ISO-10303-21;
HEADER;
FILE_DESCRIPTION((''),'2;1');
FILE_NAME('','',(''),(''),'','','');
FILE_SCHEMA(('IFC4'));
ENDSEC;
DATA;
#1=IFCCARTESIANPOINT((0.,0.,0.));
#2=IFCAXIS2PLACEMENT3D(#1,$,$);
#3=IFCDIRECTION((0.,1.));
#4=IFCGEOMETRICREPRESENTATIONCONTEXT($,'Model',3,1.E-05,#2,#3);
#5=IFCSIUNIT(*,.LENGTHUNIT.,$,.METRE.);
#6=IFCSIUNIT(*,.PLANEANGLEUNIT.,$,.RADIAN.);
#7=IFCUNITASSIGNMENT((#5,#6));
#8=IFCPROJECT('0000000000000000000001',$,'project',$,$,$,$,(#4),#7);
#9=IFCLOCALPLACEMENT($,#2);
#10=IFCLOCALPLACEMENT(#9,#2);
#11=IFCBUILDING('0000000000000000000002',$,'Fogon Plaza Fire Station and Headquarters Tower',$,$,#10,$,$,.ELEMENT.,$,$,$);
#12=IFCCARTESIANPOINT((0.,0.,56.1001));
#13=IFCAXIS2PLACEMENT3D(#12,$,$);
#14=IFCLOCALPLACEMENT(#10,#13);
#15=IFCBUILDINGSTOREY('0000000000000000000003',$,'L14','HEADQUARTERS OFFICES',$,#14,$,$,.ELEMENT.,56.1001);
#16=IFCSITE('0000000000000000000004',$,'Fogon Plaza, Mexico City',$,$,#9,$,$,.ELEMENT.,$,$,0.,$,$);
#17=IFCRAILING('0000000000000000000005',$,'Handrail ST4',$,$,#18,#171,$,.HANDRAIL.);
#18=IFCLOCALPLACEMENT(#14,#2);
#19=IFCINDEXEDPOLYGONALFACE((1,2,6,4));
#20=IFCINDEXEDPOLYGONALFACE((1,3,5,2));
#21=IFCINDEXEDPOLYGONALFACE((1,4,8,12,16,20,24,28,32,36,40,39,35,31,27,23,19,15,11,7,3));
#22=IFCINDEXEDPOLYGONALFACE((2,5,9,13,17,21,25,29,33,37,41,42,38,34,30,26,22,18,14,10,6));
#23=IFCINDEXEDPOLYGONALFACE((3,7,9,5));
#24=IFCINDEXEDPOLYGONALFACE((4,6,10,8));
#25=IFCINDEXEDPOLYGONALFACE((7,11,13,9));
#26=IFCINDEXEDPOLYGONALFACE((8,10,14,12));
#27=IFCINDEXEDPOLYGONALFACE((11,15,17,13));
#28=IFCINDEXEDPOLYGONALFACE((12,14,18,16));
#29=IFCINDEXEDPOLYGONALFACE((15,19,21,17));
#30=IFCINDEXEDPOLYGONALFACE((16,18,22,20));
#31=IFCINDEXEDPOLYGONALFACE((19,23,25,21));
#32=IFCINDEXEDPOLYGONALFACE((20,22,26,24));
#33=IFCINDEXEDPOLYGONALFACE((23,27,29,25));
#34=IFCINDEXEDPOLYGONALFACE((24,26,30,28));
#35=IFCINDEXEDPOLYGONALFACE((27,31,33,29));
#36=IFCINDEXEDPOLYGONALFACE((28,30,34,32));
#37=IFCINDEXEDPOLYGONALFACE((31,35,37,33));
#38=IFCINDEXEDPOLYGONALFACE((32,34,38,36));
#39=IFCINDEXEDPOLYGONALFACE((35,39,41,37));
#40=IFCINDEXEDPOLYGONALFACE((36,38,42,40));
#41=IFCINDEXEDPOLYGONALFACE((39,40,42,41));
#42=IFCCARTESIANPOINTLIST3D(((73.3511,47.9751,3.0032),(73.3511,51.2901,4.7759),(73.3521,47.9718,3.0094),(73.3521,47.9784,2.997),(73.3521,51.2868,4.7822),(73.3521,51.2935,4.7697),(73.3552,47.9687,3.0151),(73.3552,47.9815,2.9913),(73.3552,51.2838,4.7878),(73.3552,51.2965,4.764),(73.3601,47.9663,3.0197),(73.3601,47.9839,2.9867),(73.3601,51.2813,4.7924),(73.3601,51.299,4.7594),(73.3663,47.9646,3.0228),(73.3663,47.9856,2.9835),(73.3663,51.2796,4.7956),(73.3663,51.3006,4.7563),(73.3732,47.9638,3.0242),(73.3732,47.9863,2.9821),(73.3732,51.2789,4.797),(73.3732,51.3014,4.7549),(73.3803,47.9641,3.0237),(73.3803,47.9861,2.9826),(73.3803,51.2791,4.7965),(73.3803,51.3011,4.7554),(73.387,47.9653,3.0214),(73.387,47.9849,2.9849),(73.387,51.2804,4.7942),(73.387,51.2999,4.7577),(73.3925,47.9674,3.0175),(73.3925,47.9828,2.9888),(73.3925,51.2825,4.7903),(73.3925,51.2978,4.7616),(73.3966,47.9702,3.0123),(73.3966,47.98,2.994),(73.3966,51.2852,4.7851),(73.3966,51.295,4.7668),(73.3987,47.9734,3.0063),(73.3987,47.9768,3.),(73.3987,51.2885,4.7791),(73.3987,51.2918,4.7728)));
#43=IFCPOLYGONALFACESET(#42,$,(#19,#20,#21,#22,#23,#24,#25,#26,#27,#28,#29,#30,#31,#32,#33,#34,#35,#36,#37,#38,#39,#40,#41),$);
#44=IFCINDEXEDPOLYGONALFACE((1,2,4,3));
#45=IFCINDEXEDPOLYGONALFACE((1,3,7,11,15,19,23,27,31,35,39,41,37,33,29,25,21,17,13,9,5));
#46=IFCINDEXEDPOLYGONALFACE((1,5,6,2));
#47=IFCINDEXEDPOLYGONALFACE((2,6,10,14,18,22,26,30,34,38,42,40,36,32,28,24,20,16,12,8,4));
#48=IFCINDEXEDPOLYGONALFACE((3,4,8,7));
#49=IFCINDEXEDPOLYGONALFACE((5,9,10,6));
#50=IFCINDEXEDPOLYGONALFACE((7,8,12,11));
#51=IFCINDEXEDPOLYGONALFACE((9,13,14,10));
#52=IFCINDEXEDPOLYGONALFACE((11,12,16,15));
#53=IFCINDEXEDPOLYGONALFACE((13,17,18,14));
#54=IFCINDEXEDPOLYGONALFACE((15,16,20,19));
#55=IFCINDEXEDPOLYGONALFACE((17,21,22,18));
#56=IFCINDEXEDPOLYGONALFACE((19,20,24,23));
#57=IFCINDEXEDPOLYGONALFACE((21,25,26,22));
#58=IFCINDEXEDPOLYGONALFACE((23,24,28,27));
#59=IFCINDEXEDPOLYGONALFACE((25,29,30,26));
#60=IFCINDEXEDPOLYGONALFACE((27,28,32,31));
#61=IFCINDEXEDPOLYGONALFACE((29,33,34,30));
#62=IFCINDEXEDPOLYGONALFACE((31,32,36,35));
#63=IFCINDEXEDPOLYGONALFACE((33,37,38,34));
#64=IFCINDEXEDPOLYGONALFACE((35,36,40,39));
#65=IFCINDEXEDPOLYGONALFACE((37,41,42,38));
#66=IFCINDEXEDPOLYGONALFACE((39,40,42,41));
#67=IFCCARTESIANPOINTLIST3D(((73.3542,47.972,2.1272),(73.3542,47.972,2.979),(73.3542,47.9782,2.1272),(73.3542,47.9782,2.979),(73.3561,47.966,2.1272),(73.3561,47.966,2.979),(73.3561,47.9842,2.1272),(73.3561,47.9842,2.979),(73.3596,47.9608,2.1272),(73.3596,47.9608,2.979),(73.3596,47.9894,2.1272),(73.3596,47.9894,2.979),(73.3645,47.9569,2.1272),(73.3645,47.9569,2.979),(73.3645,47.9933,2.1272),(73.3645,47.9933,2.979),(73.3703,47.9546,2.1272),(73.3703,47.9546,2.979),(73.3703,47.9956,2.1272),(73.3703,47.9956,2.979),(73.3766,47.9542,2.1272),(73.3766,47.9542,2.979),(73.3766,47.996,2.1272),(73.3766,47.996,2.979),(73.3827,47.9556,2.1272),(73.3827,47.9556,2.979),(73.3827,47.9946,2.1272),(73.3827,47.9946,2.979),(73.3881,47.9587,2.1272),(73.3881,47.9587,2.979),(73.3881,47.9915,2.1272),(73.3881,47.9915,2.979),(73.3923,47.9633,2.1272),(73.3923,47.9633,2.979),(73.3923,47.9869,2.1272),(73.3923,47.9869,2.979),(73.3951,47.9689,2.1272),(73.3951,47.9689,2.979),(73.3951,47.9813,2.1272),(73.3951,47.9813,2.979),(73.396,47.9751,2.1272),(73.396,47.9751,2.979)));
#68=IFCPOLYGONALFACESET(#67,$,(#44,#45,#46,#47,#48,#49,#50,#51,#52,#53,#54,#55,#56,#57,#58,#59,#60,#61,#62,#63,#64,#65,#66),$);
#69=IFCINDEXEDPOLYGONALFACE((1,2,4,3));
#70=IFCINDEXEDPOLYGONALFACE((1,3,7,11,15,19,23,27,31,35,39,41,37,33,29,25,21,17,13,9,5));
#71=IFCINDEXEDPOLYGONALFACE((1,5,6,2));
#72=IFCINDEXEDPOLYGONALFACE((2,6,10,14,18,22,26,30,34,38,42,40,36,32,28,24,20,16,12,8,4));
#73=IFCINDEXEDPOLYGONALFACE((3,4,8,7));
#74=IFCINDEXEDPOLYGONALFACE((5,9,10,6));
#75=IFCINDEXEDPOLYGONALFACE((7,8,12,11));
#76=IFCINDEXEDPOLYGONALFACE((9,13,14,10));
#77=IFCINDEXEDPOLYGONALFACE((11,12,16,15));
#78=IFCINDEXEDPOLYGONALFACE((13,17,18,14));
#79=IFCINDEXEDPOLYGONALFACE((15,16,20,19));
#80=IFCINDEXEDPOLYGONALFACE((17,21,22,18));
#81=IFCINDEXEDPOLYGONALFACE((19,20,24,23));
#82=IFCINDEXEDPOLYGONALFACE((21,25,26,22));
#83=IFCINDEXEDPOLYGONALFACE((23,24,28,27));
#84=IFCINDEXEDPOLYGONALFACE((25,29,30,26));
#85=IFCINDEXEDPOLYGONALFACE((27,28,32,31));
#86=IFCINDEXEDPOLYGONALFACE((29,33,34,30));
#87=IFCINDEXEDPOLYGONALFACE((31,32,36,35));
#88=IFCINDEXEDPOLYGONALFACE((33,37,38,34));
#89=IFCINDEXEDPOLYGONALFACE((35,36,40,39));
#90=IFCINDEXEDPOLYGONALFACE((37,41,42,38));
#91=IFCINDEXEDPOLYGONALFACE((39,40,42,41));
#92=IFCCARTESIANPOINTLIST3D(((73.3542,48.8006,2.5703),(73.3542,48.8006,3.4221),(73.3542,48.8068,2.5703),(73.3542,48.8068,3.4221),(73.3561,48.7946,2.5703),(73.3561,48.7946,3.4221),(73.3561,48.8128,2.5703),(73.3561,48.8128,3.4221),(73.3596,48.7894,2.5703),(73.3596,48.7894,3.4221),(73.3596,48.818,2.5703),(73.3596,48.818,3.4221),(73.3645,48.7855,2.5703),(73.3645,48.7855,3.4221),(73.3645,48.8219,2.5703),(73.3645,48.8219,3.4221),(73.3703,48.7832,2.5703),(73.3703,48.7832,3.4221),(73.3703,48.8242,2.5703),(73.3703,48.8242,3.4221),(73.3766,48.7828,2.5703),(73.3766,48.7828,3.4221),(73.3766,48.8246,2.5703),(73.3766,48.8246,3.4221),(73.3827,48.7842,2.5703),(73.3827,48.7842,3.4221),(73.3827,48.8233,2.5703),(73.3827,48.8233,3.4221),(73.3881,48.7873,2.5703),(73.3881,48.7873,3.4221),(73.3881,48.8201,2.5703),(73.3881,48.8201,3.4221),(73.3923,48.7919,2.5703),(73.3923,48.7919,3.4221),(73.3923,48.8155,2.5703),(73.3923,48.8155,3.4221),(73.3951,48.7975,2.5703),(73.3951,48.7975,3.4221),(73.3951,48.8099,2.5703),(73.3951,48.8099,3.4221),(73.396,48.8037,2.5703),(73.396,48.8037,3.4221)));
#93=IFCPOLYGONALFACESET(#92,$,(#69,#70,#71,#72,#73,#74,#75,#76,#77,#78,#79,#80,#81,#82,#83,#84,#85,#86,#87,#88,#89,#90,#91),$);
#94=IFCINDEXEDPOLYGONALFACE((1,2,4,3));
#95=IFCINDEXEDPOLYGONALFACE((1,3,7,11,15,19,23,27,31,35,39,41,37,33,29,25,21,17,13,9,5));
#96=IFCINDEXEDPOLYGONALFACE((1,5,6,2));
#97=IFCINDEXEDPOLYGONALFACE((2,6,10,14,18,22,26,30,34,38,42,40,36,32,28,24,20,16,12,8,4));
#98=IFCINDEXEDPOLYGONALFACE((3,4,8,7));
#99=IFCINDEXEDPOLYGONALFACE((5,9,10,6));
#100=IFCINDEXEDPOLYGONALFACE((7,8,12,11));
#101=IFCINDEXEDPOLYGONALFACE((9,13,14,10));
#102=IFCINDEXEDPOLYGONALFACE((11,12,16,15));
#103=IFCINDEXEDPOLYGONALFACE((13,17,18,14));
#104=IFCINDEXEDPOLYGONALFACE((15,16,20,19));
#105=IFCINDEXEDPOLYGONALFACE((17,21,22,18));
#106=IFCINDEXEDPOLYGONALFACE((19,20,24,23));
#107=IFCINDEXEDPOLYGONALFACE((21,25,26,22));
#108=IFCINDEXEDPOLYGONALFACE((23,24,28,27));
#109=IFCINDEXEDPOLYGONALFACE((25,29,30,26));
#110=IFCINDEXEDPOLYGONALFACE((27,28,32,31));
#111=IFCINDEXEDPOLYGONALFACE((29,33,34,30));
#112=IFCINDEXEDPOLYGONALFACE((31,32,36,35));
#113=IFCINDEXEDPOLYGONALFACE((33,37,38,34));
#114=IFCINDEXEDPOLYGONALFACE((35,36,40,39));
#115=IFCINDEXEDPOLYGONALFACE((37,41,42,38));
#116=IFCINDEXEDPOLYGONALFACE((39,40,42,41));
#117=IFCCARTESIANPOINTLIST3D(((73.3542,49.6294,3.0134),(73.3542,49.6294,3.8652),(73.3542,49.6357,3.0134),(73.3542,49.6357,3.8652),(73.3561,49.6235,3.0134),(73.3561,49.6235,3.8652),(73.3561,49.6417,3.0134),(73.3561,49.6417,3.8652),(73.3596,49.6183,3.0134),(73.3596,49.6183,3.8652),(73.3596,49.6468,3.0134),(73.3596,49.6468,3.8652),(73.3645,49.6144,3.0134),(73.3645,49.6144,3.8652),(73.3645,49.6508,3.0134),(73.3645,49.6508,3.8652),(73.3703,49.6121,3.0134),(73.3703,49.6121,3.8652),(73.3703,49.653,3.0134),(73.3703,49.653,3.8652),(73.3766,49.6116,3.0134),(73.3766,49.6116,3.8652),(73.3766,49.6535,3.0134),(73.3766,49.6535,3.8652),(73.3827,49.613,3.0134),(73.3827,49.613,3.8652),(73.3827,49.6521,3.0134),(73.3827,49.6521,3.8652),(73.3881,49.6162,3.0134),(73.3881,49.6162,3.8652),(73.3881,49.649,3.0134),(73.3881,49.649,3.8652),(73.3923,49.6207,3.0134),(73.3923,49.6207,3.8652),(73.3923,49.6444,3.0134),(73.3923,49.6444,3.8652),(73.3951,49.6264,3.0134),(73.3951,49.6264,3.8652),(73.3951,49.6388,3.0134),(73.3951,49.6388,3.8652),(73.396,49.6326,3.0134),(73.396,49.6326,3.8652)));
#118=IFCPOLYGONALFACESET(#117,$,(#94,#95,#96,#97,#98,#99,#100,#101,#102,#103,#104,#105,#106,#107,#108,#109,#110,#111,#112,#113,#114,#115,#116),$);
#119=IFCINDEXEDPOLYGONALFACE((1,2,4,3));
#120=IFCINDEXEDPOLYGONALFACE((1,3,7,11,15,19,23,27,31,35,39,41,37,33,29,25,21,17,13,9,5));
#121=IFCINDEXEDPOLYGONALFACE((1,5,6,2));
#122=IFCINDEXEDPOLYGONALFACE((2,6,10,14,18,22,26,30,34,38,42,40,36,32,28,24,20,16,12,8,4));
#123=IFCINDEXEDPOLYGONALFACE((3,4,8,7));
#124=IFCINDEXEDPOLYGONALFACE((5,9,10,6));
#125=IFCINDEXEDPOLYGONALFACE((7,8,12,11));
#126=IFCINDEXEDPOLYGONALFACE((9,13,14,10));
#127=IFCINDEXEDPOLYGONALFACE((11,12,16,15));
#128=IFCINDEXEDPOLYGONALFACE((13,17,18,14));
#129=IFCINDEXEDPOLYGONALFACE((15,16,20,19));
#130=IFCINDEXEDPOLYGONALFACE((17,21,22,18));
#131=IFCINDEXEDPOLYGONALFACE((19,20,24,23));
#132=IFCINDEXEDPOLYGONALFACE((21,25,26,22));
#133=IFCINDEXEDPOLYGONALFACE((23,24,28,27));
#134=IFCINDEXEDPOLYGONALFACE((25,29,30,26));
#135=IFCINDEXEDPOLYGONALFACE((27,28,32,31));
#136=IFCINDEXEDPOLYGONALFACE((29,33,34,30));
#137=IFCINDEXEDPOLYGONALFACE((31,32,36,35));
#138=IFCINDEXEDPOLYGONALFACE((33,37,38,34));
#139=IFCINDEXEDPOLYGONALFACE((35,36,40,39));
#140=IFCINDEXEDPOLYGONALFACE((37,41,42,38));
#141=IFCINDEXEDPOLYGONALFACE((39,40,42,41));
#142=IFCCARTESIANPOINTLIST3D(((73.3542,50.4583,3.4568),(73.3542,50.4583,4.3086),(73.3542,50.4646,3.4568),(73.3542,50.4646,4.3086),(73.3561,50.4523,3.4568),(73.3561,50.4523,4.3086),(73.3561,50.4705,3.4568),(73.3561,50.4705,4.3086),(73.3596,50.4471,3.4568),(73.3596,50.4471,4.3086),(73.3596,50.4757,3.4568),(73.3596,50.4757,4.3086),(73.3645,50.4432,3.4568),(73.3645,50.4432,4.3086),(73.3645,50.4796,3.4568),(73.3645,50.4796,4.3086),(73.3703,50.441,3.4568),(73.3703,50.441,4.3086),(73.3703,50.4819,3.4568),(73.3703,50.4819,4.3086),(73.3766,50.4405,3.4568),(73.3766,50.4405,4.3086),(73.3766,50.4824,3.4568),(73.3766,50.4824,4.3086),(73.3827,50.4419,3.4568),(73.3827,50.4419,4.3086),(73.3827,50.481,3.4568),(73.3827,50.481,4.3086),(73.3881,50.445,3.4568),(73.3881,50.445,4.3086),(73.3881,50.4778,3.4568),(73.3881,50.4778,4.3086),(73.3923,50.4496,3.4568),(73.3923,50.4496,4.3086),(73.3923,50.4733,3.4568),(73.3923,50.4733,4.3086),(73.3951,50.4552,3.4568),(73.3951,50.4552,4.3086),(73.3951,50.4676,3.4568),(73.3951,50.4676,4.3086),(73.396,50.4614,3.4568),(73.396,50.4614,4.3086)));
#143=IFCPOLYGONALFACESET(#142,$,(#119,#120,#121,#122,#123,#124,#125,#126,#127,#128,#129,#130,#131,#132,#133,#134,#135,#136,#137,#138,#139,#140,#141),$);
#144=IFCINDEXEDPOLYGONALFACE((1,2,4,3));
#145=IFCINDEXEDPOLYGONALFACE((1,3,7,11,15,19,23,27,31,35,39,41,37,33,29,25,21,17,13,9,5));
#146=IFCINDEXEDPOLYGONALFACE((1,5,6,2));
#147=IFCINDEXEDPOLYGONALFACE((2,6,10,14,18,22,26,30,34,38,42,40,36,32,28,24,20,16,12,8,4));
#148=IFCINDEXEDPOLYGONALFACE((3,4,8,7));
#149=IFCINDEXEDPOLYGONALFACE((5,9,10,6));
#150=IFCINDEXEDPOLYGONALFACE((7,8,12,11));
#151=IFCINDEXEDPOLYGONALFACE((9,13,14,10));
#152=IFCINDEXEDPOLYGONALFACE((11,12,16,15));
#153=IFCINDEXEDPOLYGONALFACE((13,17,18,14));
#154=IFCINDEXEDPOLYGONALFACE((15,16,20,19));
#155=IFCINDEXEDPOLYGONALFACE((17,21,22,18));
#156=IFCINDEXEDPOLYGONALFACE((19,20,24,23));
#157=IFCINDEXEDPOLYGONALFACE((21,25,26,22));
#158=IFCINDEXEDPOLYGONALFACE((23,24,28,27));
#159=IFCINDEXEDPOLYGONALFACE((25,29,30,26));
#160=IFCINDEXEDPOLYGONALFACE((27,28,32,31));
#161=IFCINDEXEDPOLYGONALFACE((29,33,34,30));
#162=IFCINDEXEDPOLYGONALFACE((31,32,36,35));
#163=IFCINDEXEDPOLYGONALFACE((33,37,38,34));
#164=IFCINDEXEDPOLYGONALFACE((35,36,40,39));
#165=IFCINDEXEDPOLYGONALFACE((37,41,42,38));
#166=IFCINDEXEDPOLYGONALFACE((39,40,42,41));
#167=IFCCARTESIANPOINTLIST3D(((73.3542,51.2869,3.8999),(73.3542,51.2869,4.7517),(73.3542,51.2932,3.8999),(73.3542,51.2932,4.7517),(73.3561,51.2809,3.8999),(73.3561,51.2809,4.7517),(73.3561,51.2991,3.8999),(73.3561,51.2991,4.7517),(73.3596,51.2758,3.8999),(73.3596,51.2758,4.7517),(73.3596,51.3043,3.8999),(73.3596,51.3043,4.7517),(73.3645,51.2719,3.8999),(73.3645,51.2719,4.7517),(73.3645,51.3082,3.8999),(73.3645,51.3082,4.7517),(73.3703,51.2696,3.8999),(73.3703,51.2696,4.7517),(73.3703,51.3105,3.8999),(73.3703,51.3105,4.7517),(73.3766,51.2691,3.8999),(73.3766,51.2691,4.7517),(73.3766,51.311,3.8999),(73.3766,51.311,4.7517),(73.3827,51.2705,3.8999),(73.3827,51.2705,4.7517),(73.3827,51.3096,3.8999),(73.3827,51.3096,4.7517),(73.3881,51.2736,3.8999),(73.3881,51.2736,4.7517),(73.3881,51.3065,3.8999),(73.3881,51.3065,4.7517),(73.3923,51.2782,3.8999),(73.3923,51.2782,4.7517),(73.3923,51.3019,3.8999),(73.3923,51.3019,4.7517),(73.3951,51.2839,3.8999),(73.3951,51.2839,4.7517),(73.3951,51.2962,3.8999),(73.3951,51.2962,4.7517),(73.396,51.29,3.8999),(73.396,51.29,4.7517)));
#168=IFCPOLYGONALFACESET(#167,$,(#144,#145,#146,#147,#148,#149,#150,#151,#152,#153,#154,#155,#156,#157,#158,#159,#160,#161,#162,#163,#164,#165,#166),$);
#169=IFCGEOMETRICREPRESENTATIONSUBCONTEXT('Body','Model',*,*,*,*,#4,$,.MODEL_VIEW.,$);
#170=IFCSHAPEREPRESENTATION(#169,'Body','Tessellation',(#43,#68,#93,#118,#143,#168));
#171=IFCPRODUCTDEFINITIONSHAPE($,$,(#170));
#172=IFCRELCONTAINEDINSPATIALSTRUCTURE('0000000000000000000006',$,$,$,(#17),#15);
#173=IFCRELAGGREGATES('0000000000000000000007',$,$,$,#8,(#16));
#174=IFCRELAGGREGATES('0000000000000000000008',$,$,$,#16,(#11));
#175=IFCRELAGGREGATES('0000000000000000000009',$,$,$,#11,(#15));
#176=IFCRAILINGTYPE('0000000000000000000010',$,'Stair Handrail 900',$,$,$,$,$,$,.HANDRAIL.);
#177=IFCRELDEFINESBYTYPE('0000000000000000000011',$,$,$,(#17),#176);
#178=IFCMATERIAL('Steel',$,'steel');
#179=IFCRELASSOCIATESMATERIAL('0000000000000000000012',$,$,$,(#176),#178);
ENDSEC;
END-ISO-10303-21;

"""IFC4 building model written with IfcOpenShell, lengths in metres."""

from ifc_helpers import new_model, si_unit, direction, frame, origin, origin_2d, place, context, subcontext, project, spatial, circle, extrude, material, type_object, element, save


model = new_model("IFC4")

# Units and contexts
model_context = context("Model", 3, precision=1e-05, world=origin(), true_north=direction((0.0, 1.0)))
body_context = subcontext(model_context, "Body", "Model", "MODEL_VIEW")
ifc_project = project(units=[si_unit("LENGTHUNIT", "METRE"), si_unit("PLANEANGLEUNIT", "RADIAN")], contexts=[model_context])

# Site, building, storey
site_placement = place(None, origin())
site = spatial("IfcSite", under=ifc_project, at=site_placement, Name="Fogon Plaza, Mexico City", CompositionType="ELEMENT", RefElevation=0.0)
building_placement = place(site_placement, origin())
building = spatial("IfcBuilding", under=site, at=building_placement, Name="Fogon Plaza Fire Station and Headquarters Tower", CompositionType="ELEMENT")
storey_placement = place(building_placement, frame((0.0, 0.0, 56.1001)))
storey = spatial("IfcBuildingStorey", under=building, at=storey_placement, Name="L14", Description="HEADQUARTERS OFFICES", CompositionType="ELEMENT", Elevation=56.1001)

# Railing
ifc_material_1 = material(Name="Steel", Category="steel")
railing_type = type_object("IfcRailingType", Name="Stair Handrail 900", PredefinedType="HANDRAIL", material=ifc_material_1)
for number, where, name in (
    (1, (73.375, 47.9751, 2.1272), "Handrail ST4"),
):
    element("IfcRailing", number, at=place(storey_placement, frame(where)), inside=storey, type_object=railing_type, Name=name, PredefinedType="HANDRAIL", context=body_context, shape_type="SweptSolid", body=[
        extrude(circle(Radius=0.0239, at=origin_2d()), frame((0.0, 0.0, 0.876), z_axis=(0.0, 0.881829, 0.471569), x_axis=(-1.0, 0.0, 0.0)), (0.0, 0.0, 1.0), 3.7593),
        extrude(circle(Radius=0.021, at=origin_2d()), origin(), (0.0, 0.0, 1.0), 0.8518),
        extrude(circle(Radius=0.021, at=origin_2d()), frame((0.0, 0.8286, 0.4431)), (0.0, 0.0, 1.0), 0.8518),
        extrude(circle(Radius=0.021, at=origin_2d()), frame((0.0, 1.6575, 0.8862)), (0.0, 0.0, 1.0), 0.8518),
        extrude(circle(Radius=0.021, at=origin_2d()), frame((0.0, 2.4863, 1.3296)), (0.0, 0.0, 1.0), 0.8518),
        extrude(circle(Radius=0.021, at=origin_2d()), frame((0.0, 3.3149, 1.7727)), (0.0, 0.0, 1.0), 0.8518),
    ])

save(model, "model.ifc")
